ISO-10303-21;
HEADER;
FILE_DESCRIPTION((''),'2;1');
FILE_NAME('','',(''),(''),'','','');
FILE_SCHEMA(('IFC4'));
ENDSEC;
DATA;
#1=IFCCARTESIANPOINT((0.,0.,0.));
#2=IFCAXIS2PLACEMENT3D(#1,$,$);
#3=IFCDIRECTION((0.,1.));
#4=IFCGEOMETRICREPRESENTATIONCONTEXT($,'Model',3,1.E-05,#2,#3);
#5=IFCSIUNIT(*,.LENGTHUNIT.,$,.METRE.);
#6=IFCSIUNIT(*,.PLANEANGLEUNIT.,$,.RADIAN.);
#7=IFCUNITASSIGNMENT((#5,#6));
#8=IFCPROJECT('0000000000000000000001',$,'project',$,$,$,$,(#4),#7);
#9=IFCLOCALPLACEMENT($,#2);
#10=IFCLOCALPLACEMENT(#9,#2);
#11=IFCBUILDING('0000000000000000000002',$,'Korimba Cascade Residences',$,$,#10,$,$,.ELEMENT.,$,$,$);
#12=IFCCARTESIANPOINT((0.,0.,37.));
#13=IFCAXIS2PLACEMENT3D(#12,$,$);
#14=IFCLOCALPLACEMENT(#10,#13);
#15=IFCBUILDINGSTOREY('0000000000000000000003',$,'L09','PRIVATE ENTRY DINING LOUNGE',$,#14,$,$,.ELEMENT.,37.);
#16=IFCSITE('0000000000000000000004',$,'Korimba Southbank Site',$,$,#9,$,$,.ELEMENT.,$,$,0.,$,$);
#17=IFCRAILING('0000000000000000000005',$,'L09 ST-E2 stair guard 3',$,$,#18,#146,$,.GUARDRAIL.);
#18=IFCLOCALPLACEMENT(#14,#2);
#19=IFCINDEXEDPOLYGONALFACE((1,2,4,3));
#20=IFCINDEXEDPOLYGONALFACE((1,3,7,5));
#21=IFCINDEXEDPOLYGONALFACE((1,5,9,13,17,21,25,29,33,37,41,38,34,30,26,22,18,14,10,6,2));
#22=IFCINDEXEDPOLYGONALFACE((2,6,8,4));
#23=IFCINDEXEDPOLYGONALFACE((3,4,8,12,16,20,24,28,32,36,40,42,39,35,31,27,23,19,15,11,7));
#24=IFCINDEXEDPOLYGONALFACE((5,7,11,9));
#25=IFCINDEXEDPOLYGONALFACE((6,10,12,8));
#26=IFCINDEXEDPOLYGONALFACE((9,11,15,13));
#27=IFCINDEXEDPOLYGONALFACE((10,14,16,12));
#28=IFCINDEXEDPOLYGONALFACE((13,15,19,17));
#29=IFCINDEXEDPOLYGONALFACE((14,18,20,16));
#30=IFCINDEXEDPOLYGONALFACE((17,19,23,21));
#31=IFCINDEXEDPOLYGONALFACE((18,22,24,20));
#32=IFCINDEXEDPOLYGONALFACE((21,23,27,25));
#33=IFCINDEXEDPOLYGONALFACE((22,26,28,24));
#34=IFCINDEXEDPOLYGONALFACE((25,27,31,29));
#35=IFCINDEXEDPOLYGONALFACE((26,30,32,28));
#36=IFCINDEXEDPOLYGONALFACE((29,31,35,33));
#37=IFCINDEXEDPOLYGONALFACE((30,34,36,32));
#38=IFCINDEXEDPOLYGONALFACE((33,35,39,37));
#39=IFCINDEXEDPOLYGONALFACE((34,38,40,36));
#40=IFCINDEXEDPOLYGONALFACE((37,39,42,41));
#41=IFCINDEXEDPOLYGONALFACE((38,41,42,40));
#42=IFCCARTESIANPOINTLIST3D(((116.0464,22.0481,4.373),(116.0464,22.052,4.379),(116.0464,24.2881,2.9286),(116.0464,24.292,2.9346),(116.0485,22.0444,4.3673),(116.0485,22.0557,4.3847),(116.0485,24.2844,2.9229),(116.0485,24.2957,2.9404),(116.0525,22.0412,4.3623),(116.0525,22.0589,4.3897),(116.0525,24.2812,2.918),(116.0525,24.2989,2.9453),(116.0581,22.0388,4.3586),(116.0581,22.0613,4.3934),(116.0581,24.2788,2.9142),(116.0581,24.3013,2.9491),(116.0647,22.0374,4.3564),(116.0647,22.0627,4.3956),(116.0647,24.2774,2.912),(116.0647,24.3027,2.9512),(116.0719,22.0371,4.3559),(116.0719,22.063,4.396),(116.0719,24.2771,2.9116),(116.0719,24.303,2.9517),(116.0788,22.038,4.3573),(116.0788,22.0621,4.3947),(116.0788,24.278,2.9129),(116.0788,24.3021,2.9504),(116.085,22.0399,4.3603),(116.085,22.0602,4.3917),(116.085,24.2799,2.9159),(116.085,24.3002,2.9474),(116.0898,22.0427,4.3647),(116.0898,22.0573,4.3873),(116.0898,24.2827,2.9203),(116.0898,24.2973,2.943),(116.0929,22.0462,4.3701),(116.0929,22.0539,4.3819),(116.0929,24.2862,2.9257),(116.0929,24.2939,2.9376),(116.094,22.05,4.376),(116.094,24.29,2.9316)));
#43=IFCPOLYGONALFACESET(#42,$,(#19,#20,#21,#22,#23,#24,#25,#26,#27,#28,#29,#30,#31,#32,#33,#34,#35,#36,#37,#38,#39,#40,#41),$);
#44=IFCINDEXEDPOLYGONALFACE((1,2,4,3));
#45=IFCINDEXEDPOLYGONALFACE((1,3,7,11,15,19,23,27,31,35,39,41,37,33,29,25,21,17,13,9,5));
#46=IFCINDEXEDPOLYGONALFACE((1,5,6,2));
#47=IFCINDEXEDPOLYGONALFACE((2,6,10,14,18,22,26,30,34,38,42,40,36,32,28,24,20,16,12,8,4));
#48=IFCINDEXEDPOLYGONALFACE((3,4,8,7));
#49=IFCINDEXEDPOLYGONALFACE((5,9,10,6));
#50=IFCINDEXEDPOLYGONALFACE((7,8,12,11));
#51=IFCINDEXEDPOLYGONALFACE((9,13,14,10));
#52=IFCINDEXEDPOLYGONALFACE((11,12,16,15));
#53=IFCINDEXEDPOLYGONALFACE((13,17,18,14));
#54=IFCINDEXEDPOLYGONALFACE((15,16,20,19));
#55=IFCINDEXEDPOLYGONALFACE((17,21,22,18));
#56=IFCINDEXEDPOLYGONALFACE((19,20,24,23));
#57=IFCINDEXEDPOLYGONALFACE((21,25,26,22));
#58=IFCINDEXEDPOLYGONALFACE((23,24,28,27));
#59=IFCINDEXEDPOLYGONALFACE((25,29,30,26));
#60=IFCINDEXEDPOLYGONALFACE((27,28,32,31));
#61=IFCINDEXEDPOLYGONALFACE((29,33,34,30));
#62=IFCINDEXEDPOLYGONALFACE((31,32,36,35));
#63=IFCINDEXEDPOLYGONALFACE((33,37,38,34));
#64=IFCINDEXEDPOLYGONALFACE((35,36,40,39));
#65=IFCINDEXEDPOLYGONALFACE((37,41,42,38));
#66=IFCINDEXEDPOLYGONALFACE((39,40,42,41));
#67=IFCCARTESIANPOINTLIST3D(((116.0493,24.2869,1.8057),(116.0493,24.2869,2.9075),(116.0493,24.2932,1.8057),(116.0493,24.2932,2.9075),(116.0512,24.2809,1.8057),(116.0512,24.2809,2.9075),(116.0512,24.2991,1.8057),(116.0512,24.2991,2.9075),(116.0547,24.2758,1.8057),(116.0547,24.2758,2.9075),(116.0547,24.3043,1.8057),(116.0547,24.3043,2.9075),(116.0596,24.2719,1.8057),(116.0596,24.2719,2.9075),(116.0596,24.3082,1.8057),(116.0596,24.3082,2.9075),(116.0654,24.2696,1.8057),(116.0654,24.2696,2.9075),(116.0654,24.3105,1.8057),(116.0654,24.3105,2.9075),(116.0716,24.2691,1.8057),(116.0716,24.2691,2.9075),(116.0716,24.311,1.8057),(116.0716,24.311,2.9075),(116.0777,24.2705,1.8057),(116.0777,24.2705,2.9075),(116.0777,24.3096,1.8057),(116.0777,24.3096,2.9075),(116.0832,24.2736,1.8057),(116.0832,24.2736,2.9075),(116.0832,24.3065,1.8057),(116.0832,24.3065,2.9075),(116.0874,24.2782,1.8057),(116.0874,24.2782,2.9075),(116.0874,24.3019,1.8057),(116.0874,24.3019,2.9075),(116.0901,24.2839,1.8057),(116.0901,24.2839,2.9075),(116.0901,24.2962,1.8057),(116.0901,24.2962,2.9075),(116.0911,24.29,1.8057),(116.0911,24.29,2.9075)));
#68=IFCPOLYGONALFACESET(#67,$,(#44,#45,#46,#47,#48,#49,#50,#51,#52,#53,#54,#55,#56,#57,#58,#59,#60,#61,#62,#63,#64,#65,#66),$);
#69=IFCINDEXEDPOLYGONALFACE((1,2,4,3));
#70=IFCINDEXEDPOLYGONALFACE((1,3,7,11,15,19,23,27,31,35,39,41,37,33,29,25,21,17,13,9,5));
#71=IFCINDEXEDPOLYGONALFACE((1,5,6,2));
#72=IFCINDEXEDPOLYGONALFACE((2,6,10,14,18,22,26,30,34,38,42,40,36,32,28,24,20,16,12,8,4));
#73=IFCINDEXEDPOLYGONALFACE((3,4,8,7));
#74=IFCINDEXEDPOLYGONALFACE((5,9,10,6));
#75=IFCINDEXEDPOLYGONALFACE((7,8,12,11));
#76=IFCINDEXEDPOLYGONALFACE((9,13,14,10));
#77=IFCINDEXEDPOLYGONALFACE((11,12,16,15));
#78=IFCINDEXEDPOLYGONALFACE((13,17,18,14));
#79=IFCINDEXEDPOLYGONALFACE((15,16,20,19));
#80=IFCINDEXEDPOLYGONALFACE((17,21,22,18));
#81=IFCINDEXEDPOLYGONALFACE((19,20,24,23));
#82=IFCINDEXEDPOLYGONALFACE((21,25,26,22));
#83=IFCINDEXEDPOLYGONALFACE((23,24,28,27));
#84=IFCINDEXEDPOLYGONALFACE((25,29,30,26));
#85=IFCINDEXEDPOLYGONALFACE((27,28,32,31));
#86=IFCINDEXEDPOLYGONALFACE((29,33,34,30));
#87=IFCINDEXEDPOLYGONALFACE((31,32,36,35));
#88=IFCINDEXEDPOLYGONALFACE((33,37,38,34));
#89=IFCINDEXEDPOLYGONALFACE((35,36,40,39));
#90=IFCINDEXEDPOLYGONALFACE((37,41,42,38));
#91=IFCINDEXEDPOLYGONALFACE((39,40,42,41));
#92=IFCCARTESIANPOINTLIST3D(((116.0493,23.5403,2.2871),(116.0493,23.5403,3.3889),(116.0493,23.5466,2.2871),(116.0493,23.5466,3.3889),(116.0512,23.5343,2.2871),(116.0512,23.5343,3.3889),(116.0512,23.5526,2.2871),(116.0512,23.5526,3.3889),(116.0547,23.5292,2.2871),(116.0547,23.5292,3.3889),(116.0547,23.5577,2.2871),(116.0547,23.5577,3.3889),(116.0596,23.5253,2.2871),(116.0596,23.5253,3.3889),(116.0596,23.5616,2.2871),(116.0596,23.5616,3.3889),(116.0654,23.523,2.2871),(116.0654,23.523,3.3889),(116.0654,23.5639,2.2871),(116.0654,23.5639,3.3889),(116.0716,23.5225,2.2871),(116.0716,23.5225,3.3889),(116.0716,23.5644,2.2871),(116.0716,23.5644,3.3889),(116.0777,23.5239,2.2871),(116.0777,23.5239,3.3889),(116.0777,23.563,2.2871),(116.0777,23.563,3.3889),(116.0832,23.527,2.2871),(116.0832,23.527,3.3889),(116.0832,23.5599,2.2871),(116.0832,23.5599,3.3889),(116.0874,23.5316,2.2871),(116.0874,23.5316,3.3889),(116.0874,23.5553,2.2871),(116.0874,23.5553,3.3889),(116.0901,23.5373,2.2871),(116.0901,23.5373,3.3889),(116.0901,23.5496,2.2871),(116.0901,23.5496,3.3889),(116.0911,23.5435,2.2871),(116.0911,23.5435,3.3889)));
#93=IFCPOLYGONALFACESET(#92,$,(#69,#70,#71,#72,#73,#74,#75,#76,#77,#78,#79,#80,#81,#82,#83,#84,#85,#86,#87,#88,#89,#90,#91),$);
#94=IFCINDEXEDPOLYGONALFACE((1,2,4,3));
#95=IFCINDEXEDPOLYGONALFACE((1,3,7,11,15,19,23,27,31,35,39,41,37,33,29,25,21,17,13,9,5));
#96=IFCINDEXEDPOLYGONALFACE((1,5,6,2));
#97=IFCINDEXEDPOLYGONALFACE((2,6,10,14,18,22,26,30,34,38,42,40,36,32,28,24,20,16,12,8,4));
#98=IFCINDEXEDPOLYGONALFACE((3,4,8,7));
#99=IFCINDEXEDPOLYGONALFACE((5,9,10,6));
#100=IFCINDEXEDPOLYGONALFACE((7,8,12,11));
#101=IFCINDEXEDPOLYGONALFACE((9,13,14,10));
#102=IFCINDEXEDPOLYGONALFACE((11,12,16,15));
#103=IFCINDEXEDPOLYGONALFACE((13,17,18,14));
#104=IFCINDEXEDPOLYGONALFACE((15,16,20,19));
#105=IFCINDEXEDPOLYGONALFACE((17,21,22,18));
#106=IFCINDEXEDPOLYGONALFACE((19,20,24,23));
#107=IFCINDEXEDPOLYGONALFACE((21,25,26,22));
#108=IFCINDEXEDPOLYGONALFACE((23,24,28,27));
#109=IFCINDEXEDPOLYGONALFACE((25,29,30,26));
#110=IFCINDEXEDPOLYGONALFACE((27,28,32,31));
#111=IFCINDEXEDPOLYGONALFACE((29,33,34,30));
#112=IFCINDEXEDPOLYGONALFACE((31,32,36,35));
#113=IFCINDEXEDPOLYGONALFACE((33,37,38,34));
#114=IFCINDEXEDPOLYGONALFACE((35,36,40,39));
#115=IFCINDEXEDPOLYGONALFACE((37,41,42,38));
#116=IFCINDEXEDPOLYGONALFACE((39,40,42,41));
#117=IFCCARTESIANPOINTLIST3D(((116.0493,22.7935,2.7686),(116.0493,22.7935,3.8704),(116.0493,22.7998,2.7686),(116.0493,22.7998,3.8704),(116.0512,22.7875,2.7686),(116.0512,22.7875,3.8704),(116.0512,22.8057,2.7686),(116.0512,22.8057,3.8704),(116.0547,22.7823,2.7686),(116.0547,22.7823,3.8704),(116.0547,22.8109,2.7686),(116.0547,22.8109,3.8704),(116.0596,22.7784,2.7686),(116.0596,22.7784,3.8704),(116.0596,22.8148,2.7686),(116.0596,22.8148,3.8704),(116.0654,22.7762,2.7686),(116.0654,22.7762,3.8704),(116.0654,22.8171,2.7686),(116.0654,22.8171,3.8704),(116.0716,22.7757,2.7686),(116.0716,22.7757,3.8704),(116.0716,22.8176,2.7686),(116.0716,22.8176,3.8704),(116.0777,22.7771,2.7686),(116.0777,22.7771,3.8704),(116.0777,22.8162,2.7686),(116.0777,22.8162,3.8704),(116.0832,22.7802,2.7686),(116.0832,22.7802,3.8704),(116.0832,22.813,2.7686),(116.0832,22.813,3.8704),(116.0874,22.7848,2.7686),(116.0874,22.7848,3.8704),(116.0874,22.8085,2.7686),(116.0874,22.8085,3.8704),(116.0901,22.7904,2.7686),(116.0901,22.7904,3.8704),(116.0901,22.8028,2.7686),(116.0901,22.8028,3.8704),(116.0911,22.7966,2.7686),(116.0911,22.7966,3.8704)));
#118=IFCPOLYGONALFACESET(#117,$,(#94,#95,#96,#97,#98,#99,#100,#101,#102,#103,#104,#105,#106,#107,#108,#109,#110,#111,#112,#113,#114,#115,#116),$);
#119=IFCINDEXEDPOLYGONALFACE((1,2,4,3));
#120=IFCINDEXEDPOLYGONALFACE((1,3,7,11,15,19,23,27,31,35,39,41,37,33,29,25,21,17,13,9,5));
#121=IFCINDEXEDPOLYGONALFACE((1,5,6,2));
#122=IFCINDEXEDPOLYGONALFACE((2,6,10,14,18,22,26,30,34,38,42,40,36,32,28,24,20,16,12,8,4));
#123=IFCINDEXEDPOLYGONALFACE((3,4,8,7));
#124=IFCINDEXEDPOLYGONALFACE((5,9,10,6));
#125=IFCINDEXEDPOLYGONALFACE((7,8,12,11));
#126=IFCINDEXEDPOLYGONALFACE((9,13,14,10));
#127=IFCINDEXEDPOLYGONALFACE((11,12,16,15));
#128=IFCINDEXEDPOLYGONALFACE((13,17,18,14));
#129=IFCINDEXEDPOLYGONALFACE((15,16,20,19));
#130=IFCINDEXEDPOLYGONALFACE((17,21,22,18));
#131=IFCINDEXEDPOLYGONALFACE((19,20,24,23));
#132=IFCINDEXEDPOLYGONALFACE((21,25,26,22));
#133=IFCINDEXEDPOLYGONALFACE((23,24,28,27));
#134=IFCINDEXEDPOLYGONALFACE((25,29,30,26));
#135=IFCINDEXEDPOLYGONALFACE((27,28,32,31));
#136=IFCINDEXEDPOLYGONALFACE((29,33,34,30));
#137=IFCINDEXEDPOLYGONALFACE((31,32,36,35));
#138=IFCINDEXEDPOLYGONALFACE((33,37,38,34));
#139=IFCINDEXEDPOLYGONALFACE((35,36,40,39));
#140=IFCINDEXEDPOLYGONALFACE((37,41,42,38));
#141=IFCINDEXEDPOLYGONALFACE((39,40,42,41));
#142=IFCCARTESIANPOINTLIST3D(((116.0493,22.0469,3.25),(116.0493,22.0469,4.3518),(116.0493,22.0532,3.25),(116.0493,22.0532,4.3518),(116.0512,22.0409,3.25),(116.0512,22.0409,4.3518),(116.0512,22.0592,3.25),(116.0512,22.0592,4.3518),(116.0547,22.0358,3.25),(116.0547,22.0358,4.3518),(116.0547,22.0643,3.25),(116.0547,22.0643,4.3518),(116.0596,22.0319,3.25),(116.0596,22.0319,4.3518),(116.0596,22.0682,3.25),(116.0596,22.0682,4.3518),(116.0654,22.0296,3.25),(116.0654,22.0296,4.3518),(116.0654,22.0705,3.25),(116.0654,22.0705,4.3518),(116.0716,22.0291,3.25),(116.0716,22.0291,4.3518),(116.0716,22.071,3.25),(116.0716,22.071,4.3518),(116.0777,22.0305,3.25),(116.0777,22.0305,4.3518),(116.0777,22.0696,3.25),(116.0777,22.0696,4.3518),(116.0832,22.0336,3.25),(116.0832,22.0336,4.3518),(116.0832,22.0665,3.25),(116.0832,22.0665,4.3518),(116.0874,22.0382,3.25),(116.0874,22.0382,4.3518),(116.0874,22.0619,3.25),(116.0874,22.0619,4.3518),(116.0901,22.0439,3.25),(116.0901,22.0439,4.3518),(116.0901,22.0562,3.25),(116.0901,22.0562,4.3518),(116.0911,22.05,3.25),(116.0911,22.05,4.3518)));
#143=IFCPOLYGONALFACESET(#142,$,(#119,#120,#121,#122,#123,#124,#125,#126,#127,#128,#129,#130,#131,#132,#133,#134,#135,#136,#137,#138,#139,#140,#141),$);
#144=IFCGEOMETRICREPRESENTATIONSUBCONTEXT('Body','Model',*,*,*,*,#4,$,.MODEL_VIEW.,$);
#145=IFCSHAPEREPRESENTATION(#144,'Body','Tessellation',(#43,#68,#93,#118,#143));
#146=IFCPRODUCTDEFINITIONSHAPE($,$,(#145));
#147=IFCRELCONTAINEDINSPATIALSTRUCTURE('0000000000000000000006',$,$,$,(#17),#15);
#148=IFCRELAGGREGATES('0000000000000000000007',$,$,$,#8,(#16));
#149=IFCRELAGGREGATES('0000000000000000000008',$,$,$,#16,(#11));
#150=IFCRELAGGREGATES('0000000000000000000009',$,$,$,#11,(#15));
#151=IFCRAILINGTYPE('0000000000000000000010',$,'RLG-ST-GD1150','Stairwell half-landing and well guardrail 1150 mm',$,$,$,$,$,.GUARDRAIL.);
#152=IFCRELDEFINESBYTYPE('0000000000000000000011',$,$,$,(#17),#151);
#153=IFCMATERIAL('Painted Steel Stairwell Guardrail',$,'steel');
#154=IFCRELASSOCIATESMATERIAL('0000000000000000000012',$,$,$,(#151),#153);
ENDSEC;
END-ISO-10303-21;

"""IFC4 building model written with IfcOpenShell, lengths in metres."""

from ifc_helpers import new_model, si_unit, direction, frame, origin, origin_2d, place, context, subcontext, project, spatial, circle, extrude, material, type_object, element, save


model = new_model("IFC4")

# Units and contexts
model_context = context("Model", 3, precision=1e-05, world=origin(), true_north=direction((0.0, 1.0)))
body_context = subcontext(model_context, "Body", "Model", "MODEL_VIEW")
ifc_project = project(units=[si_unit("LENGTHUNIT", "METRE"), si_unit("PLANEANGLEUNIT", "RADIAN")], contexts=[model_context])

# Site, building, storey
site_placement = place(None, origin())
site = spatial("IfcSite", under=ifc_project, at=site_placement, Name="Korimba Southbank Site", CompositionType="ELEMENT", RefElevation=0.0)
building_placement = place(site_placement, origin())
building = spatial("IfcBuilding", under=site, at=building_placement, Name="Korimba Cascade Residences", CompositionType="ELEMENT")
storey_placement = place(building_placement, frame((0.0, 0.0, 37.0)))
storey = spatial("IfcBuildingStorey", under=building, at=storey_placement, Name="L09", Description="PRIVATE ENTRY DINING LOUNGE", CompositionType="ELEMENT", Elevation=37.0)

# Railing
ifc_material_1 = material(Name="Painted Steel Stairwell Guardrail", Category="steel")
railing_type_1 = type_object("IfcRailingType", Name="RLG-ST-GD1150", Description="Stairwell half-landing and well guardrail 1150 mm", PredefinedType="GUARDRAIL", material=ifc_material_1)
railing_1_placement = place(storey_placement, frame((116.0701, 24.29, 1.8057)))
element("IfcRailing", 1, at=railing_1_placement, inside=storey, type_object=railing_type_1, Name="L09 ST-E2 stair guard 3", PredefinedType="GUARDRAIL", context=body_context, shape_type="SweptSolid", body=[
    extrude(circle(Radius=0.0239, at=origin_2d()), frame((0.0, 0.0, 1.126), z_axis=(0.0, -0.840437, 0.54191), x_axis=(1.0, 0.0, 0.0)), (0.0, 0.0, 1.0), 2.6653),
    extrude(circle(Radius=0.021, at=origin_2d()), origin(), (0.0, 0.0, 1.0), 1.1018),
    extrude(circle(Radius=0.021, at=origin_2d()), frame((0.0, -0.7466, 0.4814)), (0.0, 0.0, 1.0), 1.1018),
    extrude(circle(Radius=0.021, at=origin_2d()), frame((0.0, -1.4934, 0.9629)), (0.0, 0.0, 1.0), 1.1018),
    extrude(circle(Radius=0.021, at=origin_2d()), frame((0.0, -2.24, 1.4443)), (0.0, 0.0, 1.0), 1.1018),
])

save(model, "model.ifc")
